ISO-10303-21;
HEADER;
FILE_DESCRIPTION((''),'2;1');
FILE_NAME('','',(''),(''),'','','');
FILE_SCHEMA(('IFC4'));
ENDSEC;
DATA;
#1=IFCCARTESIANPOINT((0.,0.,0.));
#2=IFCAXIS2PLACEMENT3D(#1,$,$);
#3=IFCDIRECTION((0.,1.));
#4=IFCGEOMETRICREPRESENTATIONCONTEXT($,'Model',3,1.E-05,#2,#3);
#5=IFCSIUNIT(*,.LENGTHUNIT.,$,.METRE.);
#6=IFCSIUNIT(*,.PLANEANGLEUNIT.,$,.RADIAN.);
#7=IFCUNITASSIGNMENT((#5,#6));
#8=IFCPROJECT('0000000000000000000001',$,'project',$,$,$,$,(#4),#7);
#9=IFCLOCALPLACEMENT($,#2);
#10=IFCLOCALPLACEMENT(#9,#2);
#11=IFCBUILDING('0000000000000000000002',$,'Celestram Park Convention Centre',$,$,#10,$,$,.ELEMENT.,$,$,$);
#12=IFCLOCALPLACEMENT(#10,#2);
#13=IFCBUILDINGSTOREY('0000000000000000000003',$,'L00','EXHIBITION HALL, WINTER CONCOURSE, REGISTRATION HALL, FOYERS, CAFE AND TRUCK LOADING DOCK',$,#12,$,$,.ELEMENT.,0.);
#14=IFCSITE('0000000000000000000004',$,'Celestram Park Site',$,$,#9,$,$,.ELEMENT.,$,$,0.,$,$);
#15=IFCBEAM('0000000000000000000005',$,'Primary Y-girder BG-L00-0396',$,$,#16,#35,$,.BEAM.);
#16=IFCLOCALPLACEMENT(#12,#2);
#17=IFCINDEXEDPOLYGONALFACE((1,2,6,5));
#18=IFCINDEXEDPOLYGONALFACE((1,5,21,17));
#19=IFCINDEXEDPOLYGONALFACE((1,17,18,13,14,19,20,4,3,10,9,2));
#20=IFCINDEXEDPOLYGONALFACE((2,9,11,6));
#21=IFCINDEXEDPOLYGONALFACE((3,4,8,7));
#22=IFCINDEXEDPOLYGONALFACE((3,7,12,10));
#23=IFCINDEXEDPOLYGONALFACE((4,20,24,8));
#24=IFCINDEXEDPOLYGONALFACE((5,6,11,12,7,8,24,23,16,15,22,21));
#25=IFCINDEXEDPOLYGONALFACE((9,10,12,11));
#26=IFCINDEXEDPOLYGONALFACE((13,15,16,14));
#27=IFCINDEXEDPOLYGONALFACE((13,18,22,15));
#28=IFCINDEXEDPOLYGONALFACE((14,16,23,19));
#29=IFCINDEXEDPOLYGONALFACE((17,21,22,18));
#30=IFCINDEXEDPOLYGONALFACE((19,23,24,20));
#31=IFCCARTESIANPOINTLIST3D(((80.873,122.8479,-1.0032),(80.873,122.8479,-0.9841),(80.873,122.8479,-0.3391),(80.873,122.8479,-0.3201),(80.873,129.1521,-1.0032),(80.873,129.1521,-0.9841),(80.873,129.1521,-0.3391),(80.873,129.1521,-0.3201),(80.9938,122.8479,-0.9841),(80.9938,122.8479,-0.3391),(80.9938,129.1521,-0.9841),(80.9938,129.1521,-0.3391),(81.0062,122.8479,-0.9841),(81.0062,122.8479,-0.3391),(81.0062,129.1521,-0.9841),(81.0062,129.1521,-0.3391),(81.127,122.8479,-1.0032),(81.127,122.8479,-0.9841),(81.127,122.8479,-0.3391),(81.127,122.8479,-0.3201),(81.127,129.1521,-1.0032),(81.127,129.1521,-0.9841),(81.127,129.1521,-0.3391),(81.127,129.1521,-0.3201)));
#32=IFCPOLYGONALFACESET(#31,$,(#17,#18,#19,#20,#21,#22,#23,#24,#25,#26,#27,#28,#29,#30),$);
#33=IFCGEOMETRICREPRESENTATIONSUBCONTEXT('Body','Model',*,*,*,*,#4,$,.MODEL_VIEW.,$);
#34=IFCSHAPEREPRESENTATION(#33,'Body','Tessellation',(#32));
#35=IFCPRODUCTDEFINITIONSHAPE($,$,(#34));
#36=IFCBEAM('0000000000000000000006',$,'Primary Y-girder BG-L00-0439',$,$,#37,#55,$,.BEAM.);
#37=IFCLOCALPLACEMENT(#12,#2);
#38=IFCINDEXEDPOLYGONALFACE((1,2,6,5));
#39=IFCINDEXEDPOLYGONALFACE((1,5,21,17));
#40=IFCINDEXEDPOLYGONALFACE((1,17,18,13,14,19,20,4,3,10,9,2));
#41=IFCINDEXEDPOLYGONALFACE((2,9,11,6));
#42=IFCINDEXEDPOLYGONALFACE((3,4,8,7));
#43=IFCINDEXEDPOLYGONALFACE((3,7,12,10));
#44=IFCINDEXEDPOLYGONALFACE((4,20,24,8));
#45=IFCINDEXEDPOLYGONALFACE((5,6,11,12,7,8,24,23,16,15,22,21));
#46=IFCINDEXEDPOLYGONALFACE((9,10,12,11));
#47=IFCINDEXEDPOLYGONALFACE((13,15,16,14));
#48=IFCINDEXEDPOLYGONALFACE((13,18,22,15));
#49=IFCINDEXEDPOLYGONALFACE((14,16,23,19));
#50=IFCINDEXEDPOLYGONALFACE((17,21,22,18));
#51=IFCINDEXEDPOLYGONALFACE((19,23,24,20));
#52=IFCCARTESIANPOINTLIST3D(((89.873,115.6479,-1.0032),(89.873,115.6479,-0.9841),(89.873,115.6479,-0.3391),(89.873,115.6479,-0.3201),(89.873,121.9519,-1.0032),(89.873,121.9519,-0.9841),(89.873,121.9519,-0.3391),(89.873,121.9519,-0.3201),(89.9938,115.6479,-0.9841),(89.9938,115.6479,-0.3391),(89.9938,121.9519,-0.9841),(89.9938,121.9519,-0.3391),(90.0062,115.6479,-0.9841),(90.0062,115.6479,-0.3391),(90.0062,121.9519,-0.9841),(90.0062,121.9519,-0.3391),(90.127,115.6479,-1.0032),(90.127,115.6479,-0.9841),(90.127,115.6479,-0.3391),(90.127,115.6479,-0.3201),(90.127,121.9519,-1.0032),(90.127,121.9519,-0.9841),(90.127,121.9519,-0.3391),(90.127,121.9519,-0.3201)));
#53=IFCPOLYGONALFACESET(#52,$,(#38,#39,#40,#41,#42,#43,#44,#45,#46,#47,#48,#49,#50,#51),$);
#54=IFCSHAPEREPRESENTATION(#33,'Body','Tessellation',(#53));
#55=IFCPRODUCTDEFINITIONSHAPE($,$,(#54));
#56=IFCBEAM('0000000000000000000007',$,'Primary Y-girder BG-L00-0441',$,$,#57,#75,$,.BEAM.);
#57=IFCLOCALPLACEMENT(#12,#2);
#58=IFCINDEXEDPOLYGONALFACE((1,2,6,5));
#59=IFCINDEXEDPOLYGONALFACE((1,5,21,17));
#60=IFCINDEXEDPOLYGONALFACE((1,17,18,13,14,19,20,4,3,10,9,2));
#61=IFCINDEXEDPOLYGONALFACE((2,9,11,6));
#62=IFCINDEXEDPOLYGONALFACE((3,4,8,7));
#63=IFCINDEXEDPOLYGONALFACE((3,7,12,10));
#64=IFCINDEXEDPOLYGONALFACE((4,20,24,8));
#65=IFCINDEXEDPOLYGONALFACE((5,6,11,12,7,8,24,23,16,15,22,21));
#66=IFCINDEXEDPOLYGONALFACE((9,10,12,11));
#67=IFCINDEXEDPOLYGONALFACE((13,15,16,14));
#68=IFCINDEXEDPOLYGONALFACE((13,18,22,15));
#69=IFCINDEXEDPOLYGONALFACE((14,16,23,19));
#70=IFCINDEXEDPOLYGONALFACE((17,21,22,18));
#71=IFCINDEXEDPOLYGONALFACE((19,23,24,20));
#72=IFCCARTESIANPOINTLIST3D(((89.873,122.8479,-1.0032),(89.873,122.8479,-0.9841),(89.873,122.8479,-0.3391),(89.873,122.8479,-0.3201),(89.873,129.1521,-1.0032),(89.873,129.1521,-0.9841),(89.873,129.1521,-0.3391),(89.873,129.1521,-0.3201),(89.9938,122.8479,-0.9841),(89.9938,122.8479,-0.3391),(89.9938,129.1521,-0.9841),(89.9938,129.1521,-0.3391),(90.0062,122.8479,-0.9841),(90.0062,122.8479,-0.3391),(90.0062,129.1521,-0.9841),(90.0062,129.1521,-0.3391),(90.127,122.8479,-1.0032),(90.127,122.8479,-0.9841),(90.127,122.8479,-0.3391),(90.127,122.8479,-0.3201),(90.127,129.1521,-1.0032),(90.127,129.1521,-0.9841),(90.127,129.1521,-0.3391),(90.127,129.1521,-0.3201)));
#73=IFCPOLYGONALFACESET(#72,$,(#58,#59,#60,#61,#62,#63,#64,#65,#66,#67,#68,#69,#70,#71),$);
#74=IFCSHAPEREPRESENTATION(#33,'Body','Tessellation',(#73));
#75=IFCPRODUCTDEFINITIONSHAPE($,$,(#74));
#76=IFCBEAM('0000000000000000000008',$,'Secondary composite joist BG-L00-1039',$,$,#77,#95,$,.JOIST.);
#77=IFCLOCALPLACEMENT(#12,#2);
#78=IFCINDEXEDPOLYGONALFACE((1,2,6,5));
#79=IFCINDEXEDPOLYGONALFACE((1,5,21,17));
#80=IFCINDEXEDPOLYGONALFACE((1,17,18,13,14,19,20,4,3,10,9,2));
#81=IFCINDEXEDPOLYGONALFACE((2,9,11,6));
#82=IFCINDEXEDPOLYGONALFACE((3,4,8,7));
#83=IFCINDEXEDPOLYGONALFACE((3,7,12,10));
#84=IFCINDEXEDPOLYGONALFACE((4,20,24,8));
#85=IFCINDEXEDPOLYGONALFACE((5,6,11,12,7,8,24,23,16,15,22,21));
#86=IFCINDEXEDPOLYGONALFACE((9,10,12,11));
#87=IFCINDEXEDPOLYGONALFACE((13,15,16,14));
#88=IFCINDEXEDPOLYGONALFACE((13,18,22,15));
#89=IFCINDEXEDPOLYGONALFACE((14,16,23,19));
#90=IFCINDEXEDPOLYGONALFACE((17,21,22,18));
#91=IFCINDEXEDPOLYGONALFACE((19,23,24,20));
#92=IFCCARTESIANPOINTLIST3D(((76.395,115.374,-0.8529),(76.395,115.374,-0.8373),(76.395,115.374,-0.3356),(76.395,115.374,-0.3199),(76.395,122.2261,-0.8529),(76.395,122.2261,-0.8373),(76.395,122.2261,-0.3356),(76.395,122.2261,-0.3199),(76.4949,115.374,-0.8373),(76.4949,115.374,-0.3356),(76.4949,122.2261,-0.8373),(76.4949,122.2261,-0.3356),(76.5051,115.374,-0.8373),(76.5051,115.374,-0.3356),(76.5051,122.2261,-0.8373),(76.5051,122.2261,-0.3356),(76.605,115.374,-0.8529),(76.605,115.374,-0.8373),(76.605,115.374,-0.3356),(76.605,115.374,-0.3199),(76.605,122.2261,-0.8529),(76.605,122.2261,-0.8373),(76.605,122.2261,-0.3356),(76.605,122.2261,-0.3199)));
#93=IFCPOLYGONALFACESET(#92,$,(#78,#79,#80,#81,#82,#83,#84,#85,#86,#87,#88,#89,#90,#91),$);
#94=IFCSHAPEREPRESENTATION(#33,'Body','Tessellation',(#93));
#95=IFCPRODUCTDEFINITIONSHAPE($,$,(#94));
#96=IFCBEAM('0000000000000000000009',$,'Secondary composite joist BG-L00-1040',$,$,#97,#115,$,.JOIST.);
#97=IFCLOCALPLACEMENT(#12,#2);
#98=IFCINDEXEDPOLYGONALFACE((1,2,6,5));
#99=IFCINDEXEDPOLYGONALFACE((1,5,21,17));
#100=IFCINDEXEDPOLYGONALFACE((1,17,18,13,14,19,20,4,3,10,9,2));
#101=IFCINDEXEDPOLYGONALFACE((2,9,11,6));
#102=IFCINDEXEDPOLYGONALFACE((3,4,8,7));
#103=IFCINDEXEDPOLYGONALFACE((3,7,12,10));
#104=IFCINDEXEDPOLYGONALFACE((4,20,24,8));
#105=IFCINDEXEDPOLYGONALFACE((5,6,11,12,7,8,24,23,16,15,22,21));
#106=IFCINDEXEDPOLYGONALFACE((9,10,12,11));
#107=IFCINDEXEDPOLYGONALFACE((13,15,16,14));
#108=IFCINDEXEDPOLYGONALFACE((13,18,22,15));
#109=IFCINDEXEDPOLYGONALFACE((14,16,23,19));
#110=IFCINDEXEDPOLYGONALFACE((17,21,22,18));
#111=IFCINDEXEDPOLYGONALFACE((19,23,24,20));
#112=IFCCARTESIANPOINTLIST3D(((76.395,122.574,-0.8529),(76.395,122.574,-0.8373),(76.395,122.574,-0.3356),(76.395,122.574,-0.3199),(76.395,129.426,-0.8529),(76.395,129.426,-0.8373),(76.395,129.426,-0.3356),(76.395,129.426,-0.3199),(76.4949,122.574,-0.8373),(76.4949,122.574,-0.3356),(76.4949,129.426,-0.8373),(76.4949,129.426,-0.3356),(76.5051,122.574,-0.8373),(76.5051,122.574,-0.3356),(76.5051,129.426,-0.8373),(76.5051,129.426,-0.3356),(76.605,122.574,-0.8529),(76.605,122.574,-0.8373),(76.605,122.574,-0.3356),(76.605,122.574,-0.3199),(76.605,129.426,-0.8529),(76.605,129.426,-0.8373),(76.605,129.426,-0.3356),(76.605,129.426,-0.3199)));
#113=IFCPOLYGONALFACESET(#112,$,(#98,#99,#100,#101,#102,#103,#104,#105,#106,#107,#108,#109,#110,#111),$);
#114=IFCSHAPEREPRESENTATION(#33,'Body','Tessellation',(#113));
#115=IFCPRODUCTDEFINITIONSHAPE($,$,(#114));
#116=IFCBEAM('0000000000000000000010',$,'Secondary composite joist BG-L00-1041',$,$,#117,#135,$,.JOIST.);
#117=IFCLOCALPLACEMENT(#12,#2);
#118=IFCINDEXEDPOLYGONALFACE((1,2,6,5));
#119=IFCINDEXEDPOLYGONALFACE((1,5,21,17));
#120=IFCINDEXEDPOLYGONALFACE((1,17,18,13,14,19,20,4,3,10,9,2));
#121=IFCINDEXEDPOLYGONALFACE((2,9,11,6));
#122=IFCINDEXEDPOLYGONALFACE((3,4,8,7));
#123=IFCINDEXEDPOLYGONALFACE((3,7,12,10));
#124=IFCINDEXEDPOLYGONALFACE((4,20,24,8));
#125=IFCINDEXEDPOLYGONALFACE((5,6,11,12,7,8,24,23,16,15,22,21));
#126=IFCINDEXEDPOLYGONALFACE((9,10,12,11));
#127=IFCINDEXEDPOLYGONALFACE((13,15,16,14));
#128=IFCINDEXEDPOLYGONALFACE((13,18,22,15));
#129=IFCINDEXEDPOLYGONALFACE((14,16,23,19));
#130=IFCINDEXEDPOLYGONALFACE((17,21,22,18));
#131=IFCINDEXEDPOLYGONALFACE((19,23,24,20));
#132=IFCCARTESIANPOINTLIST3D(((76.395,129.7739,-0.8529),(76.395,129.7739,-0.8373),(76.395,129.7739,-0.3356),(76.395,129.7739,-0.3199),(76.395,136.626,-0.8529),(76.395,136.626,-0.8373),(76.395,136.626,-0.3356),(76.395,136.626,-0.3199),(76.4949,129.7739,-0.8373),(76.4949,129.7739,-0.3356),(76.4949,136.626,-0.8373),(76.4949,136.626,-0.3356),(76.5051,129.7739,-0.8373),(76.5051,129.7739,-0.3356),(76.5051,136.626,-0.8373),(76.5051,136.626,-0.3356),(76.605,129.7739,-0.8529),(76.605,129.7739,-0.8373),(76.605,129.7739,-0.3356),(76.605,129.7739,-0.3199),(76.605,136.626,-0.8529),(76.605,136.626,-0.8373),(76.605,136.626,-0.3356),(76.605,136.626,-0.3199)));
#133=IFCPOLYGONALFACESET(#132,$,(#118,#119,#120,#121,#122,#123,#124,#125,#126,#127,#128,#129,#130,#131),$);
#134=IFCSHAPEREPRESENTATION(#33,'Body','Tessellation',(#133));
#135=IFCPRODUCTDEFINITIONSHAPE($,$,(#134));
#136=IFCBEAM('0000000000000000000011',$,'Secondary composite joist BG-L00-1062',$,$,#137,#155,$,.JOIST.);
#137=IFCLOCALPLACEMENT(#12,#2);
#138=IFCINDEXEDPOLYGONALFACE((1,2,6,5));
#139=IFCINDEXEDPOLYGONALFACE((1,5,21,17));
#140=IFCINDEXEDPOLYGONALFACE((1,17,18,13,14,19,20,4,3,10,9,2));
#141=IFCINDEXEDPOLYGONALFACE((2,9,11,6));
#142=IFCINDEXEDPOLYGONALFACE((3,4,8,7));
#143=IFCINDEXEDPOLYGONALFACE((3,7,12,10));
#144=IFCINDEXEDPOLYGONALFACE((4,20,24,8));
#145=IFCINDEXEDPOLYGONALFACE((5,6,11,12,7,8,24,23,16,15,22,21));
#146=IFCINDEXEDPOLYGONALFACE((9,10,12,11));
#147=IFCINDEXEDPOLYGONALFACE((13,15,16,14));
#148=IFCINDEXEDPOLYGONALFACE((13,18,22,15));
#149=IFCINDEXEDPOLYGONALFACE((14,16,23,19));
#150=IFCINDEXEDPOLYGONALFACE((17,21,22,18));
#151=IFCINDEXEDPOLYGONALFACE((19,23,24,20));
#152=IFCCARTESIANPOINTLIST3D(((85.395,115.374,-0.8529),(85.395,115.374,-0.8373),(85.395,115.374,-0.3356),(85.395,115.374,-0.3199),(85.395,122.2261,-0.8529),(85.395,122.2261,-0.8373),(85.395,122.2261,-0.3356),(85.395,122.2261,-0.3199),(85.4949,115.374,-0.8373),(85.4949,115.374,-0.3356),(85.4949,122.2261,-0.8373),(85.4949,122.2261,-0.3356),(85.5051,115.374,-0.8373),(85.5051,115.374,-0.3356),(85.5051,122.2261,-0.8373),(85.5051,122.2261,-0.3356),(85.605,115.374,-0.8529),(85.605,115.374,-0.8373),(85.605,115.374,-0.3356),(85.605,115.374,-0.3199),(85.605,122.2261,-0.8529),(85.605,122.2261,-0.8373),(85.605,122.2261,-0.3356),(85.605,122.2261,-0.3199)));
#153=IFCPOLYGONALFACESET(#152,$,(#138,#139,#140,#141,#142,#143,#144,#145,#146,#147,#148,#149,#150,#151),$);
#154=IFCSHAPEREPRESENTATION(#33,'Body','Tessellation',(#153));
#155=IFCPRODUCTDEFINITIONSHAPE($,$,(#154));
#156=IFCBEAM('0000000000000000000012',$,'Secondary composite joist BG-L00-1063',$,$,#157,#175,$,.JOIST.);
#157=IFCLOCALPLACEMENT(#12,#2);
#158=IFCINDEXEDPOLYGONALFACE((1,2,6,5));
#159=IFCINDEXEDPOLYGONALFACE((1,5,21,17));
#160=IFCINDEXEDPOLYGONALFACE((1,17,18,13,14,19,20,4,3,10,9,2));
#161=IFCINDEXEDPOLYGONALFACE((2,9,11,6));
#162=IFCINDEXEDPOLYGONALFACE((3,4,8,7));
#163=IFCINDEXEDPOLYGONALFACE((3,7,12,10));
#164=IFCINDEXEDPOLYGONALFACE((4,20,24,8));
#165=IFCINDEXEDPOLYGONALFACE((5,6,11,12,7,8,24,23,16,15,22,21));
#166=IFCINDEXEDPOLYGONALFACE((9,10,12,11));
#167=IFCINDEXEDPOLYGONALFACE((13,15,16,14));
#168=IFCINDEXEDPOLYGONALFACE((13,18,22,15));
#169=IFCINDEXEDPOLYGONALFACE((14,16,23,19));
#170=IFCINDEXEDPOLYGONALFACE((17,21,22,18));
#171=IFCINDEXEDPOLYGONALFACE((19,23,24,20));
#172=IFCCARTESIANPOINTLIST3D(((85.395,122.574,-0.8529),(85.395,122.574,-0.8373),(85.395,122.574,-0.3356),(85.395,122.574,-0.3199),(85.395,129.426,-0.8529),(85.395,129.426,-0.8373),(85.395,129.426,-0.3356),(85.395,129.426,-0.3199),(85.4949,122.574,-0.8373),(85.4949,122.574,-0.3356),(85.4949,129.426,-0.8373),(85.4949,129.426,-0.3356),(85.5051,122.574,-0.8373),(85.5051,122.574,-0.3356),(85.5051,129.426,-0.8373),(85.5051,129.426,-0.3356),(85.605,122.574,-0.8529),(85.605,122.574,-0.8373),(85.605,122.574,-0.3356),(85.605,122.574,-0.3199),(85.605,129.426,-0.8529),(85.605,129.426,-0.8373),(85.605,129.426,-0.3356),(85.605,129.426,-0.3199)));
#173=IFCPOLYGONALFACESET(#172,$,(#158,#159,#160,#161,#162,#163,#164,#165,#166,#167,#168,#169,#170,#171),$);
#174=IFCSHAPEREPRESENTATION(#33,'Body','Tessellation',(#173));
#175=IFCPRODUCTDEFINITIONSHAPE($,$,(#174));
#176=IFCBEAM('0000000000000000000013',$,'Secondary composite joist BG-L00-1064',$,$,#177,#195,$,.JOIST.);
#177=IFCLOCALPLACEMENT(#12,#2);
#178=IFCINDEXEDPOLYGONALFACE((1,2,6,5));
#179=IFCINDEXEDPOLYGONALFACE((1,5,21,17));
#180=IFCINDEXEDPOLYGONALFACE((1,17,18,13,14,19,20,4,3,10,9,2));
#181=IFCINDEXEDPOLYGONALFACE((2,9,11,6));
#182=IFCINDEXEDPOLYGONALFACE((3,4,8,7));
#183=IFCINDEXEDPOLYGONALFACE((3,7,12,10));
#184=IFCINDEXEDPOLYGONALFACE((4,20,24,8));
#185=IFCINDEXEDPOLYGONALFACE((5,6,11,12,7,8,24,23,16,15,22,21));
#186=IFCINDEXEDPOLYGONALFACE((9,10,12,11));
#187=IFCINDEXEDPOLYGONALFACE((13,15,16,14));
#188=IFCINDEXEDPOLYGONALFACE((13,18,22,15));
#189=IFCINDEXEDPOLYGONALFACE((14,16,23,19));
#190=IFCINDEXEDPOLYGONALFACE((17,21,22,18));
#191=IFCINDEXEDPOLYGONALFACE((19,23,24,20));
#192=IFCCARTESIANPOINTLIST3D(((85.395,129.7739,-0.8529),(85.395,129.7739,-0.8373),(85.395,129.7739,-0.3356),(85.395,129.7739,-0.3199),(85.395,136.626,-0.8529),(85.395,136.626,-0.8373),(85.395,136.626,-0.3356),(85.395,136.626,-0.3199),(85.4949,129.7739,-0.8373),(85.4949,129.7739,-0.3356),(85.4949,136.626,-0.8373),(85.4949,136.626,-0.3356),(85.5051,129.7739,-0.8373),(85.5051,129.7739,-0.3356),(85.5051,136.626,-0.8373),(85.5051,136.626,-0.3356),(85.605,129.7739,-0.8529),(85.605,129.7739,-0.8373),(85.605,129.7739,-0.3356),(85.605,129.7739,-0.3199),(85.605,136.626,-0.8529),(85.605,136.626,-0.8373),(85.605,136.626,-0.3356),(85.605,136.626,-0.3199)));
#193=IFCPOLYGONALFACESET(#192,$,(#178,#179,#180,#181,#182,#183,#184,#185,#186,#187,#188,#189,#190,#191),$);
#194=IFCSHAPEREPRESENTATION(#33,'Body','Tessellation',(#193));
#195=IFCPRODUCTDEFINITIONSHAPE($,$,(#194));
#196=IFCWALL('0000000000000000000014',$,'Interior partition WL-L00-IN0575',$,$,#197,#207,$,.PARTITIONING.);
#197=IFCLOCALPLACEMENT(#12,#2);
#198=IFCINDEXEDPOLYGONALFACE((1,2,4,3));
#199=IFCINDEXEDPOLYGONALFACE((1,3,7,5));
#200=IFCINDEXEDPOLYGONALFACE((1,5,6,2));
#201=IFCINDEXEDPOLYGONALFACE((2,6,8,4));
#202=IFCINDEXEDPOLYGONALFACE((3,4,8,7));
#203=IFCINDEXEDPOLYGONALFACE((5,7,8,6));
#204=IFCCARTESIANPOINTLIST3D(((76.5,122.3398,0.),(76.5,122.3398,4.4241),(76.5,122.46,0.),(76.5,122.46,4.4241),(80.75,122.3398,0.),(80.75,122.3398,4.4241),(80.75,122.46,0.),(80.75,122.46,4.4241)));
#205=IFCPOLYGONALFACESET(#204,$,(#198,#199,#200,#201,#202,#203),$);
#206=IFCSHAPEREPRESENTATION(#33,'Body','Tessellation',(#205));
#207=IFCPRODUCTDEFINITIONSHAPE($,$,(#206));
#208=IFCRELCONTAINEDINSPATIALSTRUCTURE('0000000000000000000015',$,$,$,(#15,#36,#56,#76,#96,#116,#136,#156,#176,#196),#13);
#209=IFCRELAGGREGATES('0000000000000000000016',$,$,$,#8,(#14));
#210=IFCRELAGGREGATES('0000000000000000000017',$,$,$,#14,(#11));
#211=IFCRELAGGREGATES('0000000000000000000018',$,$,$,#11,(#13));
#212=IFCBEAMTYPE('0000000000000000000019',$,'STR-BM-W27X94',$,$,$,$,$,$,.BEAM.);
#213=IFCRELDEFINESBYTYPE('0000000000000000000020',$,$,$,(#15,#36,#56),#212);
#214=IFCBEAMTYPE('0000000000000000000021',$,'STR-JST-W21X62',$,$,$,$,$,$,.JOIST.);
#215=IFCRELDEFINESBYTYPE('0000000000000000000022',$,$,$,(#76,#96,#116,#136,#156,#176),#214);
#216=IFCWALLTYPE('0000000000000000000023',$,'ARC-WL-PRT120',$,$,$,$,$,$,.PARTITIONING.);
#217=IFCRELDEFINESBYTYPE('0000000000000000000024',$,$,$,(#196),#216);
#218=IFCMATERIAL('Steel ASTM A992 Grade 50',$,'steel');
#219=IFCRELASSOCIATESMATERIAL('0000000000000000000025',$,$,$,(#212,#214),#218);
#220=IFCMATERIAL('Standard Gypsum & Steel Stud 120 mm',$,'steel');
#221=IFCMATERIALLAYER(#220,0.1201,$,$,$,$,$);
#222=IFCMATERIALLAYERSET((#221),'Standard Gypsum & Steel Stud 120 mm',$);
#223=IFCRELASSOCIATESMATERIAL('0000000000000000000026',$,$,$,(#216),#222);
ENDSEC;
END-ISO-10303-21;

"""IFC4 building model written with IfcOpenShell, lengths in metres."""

from ifc_helpers import new_model, si_unit, direction, frame, frame_2d, origin, origin_2d, place, context, subcontext, project, spatial, rectangle, i_section, extrude, material, layer, layer_set, material_profile, profile_set, type_object, element, save


model = new_model("IFC4")

# Units and contexts
model_context = context("Model", 3, precision=1e-05, world=origin(), true_north=direction((0.0, 1.0)))
body_context = subcontext(model_context, "Body", "Model", "MODEL_VIEW")
ifc_project = project(units=[si_unit("LENGTHUNIT", "METRE"), si_unit("PLANEANGLEUNIT", "RADIAN")], contexts=[model_context])

# Site, building, storey
site_placement = place(None, origin())
site = spatial("IfcSite", under=ifc_project, at=site_placement, Name="Celestram Park Site", CompositionType="ELEMENT", RefElevation=0.0)
building_placement = place(site_placement, origin())
building = spatial("IfcBuilding", under=site, at=building_placement, Name="Celestram Park Convention Centre", CompositionType="ELEMENT")
storey_placement = place(building_placement, origin())
storey = spatial("IfcBuildingStorey", under=building, at=storey_placement, Name="L00", Description="EXHIBITION HALL, WINTER CONCOURSE, REGISTRATION HALL, FOYERS, CAFE AND TRUCK LOADING DOCK", CompositionType="ELEMENT", Elevation=0.0)

# Beams
ifc_material_1 = material(Name="Steel ASTM A992 Grade 50", Category="steel")
ifc_material_profile_1 = material_profile(ifc_material_1, i_section(OverallWidth=0.2539, OverallDepth=0.6831, WebThickness=0.0125, FlangeThickness=0.019, at=origin_2d()), Name="W27X94")
ifc_profile_set_1 = profile_set([ifc_material_profile_1], Name="Steel ASTM A992 Grade 50")
beam_type_1 = type_object("IfcBeamType", Name="STR-BM-W27X94", PredefinedType="BEAM", material=ifc_profile_set_1)
beam_1_placement = place(storey_placement, frame((81.0, 122.8479, -0.6616), z_axis=(0.0, 1.0, 0.0), x_axis=(-1.0, 0.0, 0.0)))
element("IfcBeam", 1, at=beam_1_placement, inside=storey, type_object=beam_type_1, Name="Primary Y-girder BG-L00-0396", PredefinedType="BEAM", context=body_context, shape_type="SweptSolid", body=[
    extrude(i_section(OverallWidth=0.2539, OverallDepth=0.6831, WebThickness=0.0125, FlangeThickness=0.019, at=origin_2d()), origin(), (0.0, 0.0, 1.0), 6.3042),
])
beam_2_placement = place(storey_placement, frame((90.0, 115.6479, -0.6616), z_axis=(0.0, 1.0, 0.0), x_axis=(-1.0, 0.0, 0.0)))
element("IfcBeam", 2, at=beam_2_placement, inside=storey, type_object=beam_type_1, Name="Primary Y-girder BG-L00-0439", PredefinedType="BEAM", context=body_context, shape_type="SweptSolid", body=[
    extrude(i_section(OverallWidth=0.2539, OverallDepth=0.6831, WebThickness=0.0125, FlangeThickness=0.019, at=origin_2d()), origin(), (0.0, 0.0, 1.0), 6.304),
])
beam_3_placement = place(storey_placement, frame((90.0, 122.8479, -0.6616), z_axis=(0.0, 1.0, 0.0), x_axis=(-1.0, 0.0, 0.0)))
element("IfcBeam", 3, at=beam_3_placement, inside=storey, type_object=beam_type_1, Name="Primary Y-girder BG-L00-0441", PredefinedType="BEAM", context=body_context, shape_type="SweptSolid", body=[
    extrude(i_section(OverallWidth=0.2539, OverallDepth=0.6831, WebThickness=0.0125, FlangeThickness=0.019, at=origin_2d()), origin(), (0.0, 0.0, 1.0), 6.3042),
])
ifc_material_profile_2 = material_profile(ifc_material_1, i_section(OverallWidth=0.21, OverallDepth=0.533, WebThickness=0.0103, FlangeThickness=0.0156, at=origin_2d()), Name="W21X62")
ifc_profile_set_2 = profile_set([ifc_material_profile_2], Name="Steel ASTM A992 Grade 50")
beam_type_2 = type_object("IfcBeamType", Name="STR-JST-W21X62", PredefinedType="JOIST", material=ifc_profile_set_2)
for number, where, z_axis, x_axis, name in (
    (4, (76.5, 115.374, -0.5864), (0.0, 1.0, 0.0), (-1.0, 0.0, 0.0), "Secondary composite joist BG-L00-1039"),
    (5, (76.5, 122.574, -0.5864), (0.0, 1.0, 0.0), (-1.0, 0.0, 0.0), "Secondary composite joist BG-L00-1040"),
    (6, (76.5, 129.7739, -0.5864), (0.0, 1.0, 0.0), (-1.0, 0.0, 0.0), "Secondary composite joist BG-L00-1041"),
    (7, (85.5, 115.374, -0.5864), (0.0, 1.0, 0.0), (-1.0, 0.0, 0.0), "Secondary composite joist BG-L00-1062"),
    (8, (85.5, 122.574, -0.5864), (0.0, 1.0, 0.0), (-1.0, 0.0, 0.0), "Secondary composite joist BG-L00-1063"),
    (9, (85.5, 129.7739, -0.5864), (0.0, 1.0, 0.0), (-1.0, 0.0, 0.0), "Secondary composite joist BG-L00-1064"),
):
    element("IfcBeam", number, at=place(storey_placement, frame(where, z_axis=z_axis, x_axis=x_axis)), inside=storey, type_object=beam_type_2, Name=name, PredefinedType="JOIST", context=body_context, shape_type="SweptSolid", body=[
        extrude(i_section(OverallWidth=0.21, OverallDepth=0.533, WebThickness=0.0103, FlangeThickness=0.0156, at=origin_2d()), origin(), (0.0, 0.0, 1.0), 6.8521),
    ])

# Wall
ifc_material_2 = material(Name="Standard Gypsum & Steel Stud 120 mm", Category="steel")
ifc_layer_1 = layer(ifc_material_2, 0.1201)
ifc_layer_set_1 = layer_set([ifc_layer_1], Name="Standard Gypsum & Steel Stud 120 mm")
wall_type_1 = type_object("IfcWallType", Name="ARC-WL-PRT120", PredefinedType="PARTITIONING", material=ifc_layer_set_1)
wall_1_placement = place(storey_placement, frame((76.5, 122.3999, 0.0), z_axis=(0.0, 0.0, 1.0), x_axis=(1.0, 0.0, 0.0)))
element("IfcWall", 10, at=wall_1_placement, inside=storey, type_object=wall_type_1, Name="Interior partition WL-L00-IN0575", PredefinedType="PARTITIONING", context=body_context, shape_type="SweptSolid", body=[
    extrude(rectangle(XDim=4.25, YDim=0.1201, at=frame_2d((2.125, 0.0))), origin(), (0.0, 0.0, 1.0), 4.4241),
])

save(model, "model.ifc")
